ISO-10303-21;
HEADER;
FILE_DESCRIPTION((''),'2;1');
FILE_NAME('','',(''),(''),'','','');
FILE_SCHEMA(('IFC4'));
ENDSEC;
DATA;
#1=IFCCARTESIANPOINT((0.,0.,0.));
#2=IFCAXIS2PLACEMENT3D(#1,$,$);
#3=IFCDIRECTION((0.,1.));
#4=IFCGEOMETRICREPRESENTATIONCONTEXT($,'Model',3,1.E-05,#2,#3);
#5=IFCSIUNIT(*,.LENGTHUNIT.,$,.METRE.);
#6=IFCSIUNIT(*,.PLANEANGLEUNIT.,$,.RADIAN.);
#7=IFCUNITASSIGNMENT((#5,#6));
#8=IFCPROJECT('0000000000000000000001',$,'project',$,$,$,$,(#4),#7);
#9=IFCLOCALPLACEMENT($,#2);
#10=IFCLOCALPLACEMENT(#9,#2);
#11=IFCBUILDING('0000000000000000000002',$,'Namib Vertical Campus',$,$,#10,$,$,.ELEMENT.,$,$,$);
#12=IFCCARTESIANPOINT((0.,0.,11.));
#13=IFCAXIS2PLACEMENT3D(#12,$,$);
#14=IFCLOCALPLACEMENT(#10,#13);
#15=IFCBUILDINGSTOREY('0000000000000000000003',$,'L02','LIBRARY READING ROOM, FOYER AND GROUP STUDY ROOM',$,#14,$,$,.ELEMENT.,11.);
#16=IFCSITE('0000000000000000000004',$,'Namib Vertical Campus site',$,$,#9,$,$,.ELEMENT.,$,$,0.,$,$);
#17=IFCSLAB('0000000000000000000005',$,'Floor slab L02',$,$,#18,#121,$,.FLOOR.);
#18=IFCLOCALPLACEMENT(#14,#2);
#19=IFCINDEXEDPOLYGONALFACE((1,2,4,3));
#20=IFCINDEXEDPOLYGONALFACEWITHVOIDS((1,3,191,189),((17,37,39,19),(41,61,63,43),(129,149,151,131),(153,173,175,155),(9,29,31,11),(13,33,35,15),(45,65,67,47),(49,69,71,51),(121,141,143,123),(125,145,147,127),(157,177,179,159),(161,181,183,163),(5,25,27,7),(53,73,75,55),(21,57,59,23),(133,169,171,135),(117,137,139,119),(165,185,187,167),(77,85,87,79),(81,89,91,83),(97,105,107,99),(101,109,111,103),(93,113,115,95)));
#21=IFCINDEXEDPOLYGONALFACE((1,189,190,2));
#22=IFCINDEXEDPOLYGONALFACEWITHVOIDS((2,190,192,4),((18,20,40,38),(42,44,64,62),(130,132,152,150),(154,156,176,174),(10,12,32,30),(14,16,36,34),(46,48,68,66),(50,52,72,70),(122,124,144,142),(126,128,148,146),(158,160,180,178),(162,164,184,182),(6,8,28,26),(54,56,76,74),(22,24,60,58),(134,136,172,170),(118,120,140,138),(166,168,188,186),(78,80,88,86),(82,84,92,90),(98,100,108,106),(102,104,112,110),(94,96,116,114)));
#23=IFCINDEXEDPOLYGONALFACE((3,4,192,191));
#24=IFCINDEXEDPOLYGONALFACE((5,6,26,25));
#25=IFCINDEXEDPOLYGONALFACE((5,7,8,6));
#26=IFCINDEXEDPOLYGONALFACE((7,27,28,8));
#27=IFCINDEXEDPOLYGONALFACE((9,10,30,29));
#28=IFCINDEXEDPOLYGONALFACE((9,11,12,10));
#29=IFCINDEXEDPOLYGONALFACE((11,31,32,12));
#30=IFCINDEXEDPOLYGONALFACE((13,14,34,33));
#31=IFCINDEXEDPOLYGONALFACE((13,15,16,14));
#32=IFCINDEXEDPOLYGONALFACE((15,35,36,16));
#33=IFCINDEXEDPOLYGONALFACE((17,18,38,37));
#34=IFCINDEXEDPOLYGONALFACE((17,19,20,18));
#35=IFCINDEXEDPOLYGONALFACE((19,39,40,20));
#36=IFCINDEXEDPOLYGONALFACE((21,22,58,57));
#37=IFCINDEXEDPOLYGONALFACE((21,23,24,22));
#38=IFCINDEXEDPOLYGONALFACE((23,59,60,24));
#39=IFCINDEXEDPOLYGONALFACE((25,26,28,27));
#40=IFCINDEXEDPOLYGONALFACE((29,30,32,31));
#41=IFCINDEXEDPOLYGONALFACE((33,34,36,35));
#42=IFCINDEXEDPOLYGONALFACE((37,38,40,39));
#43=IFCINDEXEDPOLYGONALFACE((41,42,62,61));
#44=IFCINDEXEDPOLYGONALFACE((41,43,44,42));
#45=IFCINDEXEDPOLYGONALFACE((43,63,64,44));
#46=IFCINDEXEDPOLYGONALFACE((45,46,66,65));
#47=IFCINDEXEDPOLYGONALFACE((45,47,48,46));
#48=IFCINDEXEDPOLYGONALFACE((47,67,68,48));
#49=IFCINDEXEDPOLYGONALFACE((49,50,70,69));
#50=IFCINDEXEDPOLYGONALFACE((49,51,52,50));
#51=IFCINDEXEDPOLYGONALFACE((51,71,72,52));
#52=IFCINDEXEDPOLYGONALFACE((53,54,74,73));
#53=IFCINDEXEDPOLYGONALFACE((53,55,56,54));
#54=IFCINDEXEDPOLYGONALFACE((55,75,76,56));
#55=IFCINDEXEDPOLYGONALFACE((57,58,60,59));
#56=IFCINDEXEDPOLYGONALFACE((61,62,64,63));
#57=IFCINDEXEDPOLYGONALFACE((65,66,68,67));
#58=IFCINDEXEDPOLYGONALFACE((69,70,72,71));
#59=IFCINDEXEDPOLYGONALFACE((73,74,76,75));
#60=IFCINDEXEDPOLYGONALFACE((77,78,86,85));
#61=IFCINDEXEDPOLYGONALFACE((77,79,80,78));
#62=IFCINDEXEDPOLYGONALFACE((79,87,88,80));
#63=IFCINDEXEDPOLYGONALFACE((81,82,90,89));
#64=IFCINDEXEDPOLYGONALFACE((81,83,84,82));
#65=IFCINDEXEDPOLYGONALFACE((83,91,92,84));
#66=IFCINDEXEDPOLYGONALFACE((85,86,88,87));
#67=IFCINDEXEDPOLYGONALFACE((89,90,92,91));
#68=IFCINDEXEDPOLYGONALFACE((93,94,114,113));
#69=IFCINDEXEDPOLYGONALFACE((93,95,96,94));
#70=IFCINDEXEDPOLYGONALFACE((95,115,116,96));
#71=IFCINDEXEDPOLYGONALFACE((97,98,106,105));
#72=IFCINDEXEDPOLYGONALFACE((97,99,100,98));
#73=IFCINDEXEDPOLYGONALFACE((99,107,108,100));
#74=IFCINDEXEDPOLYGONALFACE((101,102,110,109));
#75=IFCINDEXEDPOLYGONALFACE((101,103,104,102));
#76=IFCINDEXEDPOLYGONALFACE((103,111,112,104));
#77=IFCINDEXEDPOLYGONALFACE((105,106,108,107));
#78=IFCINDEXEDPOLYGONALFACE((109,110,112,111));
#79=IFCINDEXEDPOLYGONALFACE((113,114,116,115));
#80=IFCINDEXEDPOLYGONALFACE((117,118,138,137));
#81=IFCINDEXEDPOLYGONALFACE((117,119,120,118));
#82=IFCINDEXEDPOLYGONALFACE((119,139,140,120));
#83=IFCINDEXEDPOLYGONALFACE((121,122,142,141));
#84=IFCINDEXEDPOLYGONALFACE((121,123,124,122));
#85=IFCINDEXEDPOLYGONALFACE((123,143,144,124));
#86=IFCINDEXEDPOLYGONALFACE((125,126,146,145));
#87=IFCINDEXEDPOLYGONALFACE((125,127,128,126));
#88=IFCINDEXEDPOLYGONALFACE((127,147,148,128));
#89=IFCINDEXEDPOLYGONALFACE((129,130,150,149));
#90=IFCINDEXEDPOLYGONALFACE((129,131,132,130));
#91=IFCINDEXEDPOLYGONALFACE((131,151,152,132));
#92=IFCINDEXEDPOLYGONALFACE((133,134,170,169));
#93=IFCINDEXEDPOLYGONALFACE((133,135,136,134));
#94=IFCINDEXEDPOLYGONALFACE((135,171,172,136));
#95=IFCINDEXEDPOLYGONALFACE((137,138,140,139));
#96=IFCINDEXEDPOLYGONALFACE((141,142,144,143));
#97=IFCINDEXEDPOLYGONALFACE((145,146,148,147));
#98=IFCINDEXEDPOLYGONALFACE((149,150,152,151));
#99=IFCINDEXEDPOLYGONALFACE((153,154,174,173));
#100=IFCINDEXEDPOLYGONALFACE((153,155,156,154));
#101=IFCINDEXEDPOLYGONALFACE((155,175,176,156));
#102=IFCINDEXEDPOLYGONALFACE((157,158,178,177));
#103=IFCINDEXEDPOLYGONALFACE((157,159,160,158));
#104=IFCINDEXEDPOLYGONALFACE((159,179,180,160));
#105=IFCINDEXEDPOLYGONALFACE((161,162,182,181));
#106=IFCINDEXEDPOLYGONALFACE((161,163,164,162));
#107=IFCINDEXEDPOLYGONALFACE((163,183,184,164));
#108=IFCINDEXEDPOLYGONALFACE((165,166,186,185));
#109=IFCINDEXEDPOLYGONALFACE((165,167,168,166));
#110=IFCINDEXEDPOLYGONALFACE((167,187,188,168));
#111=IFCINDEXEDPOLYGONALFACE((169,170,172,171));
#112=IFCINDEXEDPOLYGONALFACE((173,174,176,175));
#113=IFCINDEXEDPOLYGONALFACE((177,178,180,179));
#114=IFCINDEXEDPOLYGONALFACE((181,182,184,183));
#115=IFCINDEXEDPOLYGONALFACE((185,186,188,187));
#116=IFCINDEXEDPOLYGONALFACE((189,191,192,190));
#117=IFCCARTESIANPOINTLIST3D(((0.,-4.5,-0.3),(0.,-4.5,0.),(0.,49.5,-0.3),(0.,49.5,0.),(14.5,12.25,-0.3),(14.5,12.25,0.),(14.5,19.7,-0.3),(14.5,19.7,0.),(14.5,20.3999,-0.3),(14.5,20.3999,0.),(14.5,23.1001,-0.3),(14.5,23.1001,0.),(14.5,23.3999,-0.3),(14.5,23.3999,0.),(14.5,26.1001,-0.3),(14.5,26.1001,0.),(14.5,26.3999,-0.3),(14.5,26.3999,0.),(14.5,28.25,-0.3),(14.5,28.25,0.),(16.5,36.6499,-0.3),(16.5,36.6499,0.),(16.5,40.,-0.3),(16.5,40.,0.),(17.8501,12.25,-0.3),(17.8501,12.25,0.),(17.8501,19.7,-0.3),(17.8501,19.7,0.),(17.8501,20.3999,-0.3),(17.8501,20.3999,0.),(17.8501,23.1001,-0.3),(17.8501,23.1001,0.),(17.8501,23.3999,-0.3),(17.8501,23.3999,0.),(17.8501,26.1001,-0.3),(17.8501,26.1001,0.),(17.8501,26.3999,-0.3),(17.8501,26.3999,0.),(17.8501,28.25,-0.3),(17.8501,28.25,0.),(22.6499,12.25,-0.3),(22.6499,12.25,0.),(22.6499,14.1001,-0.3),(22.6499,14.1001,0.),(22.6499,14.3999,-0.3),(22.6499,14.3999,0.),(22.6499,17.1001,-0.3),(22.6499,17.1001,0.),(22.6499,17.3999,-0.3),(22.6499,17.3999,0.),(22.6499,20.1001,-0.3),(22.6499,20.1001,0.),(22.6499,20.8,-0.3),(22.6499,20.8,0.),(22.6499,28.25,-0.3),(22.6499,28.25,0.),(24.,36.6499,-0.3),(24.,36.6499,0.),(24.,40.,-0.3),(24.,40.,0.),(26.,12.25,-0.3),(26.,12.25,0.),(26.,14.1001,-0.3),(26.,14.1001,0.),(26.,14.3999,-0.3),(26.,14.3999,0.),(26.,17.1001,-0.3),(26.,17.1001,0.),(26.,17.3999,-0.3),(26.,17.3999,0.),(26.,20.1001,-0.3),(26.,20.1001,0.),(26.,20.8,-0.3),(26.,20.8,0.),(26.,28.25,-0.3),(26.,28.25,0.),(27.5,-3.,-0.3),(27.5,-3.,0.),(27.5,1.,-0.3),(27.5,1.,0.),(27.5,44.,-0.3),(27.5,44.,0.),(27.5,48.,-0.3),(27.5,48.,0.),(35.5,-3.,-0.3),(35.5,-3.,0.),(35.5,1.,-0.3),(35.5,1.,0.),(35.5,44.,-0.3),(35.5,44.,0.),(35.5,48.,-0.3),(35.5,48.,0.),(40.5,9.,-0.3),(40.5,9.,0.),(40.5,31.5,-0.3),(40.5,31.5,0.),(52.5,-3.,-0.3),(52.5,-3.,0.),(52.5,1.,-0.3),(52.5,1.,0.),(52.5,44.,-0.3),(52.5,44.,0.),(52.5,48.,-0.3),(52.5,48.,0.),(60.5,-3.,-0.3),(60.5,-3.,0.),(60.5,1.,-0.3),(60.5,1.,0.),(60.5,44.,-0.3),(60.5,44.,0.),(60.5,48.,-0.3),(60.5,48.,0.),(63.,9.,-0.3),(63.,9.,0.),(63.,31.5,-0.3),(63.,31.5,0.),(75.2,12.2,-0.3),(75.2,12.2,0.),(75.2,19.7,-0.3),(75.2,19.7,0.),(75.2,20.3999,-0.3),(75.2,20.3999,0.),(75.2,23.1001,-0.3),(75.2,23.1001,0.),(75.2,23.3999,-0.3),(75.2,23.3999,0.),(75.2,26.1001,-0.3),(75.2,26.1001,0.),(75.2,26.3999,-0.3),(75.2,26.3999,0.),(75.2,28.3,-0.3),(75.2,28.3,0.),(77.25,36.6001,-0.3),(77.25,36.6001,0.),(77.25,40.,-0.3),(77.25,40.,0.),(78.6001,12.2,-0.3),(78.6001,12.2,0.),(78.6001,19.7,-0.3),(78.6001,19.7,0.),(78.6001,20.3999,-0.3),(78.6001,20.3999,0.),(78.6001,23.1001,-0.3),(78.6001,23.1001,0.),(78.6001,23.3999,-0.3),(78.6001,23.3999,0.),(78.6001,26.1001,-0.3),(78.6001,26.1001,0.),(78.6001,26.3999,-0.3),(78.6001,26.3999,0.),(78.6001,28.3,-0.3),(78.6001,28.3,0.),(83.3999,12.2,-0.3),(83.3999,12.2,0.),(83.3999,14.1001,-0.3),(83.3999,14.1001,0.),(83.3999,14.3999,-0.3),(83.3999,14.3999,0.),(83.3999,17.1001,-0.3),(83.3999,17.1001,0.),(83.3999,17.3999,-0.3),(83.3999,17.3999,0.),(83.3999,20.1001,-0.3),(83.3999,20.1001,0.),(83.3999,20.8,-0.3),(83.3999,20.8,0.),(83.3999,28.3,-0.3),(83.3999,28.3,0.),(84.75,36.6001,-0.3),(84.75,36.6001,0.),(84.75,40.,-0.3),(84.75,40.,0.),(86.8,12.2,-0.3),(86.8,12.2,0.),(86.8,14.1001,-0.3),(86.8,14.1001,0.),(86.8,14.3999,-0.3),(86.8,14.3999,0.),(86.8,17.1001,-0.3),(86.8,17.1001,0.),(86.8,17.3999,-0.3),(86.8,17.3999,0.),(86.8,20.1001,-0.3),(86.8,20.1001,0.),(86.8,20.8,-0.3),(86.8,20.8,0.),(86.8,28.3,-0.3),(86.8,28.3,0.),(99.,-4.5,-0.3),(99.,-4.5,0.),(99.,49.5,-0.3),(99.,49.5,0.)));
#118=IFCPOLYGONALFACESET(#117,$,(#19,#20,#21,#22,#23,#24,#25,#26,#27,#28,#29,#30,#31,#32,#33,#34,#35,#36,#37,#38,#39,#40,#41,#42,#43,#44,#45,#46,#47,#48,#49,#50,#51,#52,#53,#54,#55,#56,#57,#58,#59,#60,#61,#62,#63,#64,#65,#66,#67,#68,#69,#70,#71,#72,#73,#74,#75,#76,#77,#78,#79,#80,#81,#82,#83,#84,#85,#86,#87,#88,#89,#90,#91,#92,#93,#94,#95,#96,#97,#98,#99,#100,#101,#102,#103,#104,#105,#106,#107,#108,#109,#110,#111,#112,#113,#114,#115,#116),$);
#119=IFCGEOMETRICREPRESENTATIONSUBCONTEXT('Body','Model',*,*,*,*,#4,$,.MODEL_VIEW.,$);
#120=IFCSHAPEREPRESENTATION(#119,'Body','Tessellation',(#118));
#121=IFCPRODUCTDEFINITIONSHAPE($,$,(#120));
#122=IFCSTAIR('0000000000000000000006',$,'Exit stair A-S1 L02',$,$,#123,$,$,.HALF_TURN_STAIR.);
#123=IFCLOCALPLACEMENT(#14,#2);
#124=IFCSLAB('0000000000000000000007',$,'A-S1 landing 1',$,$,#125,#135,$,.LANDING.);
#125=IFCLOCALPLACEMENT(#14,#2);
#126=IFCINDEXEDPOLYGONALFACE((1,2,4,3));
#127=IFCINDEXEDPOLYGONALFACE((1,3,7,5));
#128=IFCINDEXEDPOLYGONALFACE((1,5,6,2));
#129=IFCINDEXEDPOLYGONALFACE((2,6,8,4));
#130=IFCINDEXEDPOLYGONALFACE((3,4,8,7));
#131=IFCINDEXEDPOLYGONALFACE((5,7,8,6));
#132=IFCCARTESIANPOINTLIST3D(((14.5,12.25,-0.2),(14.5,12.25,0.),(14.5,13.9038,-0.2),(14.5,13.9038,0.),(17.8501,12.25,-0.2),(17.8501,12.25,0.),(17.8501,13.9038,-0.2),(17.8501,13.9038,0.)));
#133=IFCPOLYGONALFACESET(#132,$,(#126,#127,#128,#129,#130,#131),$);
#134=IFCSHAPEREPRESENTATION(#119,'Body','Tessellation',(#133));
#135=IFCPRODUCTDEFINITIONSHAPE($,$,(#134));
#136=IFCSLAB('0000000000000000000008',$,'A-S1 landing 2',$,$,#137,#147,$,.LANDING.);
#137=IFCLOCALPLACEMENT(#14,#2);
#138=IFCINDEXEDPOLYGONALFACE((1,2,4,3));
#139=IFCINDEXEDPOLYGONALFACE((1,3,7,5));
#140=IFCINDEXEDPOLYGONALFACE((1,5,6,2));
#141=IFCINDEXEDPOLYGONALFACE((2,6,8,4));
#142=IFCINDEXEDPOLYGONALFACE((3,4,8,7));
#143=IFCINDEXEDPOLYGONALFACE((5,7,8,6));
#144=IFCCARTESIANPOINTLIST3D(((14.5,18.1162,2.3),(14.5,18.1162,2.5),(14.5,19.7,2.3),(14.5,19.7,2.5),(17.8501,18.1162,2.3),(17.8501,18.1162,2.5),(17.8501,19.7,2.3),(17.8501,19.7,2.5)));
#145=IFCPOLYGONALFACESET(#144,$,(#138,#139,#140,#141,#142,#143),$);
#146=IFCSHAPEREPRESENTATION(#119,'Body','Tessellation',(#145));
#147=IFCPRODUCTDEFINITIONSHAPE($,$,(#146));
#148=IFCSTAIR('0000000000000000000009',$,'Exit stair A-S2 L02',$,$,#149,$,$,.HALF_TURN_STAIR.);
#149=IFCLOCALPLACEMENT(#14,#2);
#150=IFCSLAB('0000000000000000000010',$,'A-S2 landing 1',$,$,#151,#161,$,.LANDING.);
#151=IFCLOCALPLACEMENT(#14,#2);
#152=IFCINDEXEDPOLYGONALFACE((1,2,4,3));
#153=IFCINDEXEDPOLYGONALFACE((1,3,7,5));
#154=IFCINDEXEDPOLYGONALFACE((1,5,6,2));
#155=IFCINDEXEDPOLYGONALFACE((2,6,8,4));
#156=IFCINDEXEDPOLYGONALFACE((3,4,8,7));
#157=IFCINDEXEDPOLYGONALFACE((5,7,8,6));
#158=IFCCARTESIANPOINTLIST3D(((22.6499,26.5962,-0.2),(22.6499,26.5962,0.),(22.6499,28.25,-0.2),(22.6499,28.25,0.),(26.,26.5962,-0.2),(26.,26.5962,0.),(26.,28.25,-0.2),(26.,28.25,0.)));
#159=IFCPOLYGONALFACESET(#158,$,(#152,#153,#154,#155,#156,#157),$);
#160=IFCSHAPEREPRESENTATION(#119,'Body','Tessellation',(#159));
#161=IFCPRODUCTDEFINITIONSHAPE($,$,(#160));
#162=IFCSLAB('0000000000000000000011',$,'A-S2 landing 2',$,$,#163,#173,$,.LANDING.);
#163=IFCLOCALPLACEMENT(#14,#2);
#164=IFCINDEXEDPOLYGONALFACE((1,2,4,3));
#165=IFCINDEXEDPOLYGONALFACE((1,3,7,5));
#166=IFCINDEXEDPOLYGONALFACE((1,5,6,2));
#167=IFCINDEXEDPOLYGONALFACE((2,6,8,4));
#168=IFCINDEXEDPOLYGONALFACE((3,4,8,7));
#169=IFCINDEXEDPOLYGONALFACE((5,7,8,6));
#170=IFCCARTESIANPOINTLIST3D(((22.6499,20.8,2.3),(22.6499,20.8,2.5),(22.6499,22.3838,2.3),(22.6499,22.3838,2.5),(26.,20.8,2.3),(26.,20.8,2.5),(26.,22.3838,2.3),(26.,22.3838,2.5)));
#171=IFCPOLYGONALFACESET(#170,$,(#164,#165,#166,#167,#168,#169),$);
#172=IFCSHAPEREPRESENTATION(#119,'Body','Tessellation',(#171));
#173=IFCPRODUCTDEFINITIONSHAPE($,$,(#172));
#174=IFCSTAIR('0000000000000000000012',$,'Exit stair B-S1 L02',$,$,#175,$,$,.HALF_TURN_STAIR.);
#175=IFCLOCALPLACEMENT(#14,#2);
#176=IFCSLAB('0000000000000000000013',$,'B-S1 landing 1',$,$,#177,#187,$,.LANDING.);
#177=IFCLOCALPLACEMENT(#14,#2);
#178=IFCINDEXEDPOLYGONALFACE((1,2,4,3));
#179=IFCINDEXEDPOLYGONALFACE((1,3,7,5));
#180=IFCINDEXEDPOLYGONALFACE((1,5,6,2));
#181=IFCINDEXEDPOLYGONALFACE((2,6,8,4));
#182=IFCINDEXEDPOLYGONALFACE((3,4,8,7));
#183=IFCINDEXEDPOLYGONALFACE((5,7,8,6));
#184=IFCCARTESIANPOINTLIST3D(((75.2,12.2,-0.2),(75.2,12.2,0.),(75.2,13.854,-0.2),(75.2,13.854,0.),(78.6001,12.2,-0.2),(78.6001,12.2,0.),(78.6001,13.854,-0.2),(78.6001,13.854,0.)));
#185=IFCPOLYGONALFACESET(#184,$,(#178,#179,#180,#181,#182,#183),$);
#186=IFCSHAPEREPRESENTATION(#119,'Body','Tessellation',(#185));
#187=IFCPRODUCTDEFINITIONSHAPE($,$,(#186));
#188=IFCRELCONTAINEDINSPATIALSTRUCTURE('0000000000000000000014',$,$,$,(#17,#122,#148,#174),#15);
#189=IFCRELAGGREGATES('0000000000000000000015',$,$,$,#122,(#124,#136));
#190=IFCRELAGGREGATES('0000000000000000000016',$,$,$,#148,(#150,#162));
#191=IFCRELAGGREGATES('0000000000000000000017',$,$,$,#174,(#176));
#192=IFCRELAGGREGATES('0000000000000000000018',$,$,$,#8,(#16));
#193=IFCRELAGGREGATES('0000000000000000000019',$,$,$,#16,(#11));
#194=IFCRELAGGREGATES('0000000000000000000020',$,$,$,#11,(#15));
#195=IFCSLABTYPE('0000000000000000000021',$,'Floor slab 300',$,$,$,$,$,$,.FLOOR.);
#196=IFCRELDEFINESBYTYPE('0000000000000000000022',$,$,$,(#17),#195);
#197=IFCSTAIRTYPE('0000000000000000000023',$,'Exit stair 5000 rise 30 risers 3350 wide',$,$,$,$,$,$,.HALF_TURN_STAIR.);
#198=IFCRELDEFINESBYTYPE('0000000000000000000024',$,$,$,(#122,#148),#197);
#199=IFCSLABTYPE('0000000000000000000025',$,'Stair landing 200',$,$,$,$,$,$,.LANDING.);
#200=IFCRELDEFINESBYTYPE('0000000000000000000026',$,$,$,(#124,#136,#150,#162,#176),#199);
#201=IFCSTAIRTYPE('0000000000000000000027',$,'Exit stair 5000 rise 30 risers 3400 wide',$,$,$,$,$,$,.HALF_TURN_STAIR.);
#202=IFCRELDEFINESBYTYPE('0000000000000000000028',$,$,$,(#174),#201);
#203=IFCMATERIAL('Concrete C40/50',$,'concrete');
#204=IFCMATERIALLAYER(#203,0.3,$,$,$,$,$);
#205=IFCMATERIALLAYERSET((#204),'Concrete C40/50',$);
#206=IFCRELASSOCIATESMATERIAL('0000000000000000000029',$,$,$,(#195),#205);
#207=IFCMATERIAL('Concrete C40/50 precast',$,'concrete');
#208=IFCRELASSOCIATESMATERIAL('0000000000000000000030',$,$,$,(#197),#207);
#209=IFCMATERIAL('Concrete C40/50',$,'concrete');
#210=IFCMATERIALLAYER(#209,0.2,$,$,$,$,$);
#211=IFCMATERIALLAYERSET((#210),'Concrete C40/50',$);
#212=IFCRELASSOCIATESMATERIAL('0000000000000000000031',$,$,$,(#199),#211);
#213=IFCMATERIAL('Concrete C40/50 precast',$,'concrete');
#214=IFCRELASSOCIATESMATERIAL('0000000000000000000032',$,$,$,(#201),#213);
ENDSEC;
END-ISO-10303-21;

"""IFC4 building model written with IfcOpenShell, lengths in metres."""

from ifc_helpers import new_model, si_unit, direction, frame, origin, place, context, subcontext, project, spatial, polyline, outline, extrude, material, layer, layer_set, type_object, element, aggregate, save


model = new_model("IFC4")

# Units and contexts
model_context = context("Model", 3, precision=1e-05, world=origin(), true_north=direction((0.0, 1.0)))
body_context = subcontext(model_context, "Body", "Model", "MODEL_VIEW")
ifc_project = project(units=[si_unit("LENGTHUNIT", "METRE"), si_unit("PLANEANGLEUNIT", "RADIAN")], contexts=[model_context])

# Site, building, storey
site_placement = place(None, origin())
site = spatial("IfcSite", under=ifc_project, at=site_placement, Name="Namib Vertical Campus site", CompositionType="ELEMENT", RefElevation=0.0)
building_placement = place(site_placement, origin())
building = spatial("IfcBuilding", under=site, at=building_placement, Name="Namib Vertical Campus", CompositionType="ELEMENT")
storey_placement = place(building_placement, frame((0.0, 0.0, 11.0)))
storey = spatial("IfcBuildingStorey", under=building, at=storey_placement, Name="L02", Description="LIBRARY READING ROOM, FOYER AND GROUP STUDY ROOM", CompositionType="ELEMENT", Elevation=11.0)

# Slab
ifc_material_1 = material(Name="Concrete C40/50", Category="concrete")
ifc_layer_1 = layer(ifc_material_1, 0.3)
ifc_layer_set_1 = layer_set([ifc_layer_1], Name="Concrete C40/50")
slab_type_1 = type_object("IfcSlabType", Name="Floor slab 300", PredefinedType="FLOOR", material=ifc_layer_set_1)
slab_1_placement = place(storey_placement, frame((0.0, 0.0, -0.3)))
element("IfcSlab", 1, at=slab_1_placement, inside=storey, type_object=slab_type_1, Name="Floor slab L02", PredefinedType="FLOOR", context=body_context, shape_type="SweptSolid", body=[
    extrude(outline(polyline([(0.0, -4.5), (99.0, -4.5), (99.0, 49.5), (0.0, 49.5), (0.0, -4.5)]), holes=[polyline([(86.8, 20.8), (83.3999, 20.8), (83.3999, 28.3), (86.8, 28.3), (86.8, 20.8)]), polyline([(86.8, 17.3999), (83.3999, 17.3999), (83.3999, 20.1001), (86.8, 20.1001), (86.8, 17.3999)]), polyline([(86.8, 17.1001), (86.8, 14.3999), (83.3999, 14.3999), (83.3999, 17.1001), (86.8, 17.1001)]), polyline([(86.8, 12.2), (83.3999, 12.2), (83.3999, 14.1001), (86.8, 14.1001), (86.8, 12.2)]), polyline([(84.75, 36.6001), (77.25, 36.6001), (77.25, 40.0), (84.75, 40.0), (84.75, 36.6001)]), polyline([(78.6001, 28.3), (78.6001, 26.3999), (75.2, 26.3999), (75.2, 28.3), (78.6001, 28.3)]), polyline([(78.6001, 23.3999), (75.2, 23.3999), (75.2, 26.1001), (78.6001, 26.1001), (78.6001, 23.3999)]), polyline([(78.6001, 23.1001), (78.6001, 20.3999), (75.2, 20.3999), (75.2, 23.1001), (78.6001, 23.1001)]), polyline([(78.6001, 12.2), (75.2, 12.2), (75.2, 19.7), (78.6001, 19.7), (78.6001, 12.2)]), polyline([(63.0, 31.5), (63.0, 9.0), (40.5, 9.0), (40.5, 31.5), (63.0, 31.5)]), polyline([(60.5, -3.0), (52.5, -3.0), (52.5, 1.0), (60.5, 1.0), (60.5, -3.0)]), polyline([(60.5, 44.0), (52.5, 44.0), (52.5, 48.0), (60.5, 48.0), (60.5, 44.0)]), polyline([(35.5, 48.0), (35.5, 44.0), (27.5, 44.0), (27.5, 48.0), (35.5, 48.0)]), polyline([(35.5, 1.0), (35.5, -3.0), (27.5, -3.0), (27.5, 1.0), (35.5, 1.0)]), polyline([(26.0, 20.8), (22.6499, 20.8), (22.6499, 28.25), (26.0, 28.25), (26.0, 20.8)]), polyline([(26.0, 17.3999), (22.6499, 17.3999), (22.6499, 20.1001), (26.0, 20.1001), (26.0, 17.3999)]), polyline([(26.0, 17.1001), (26.0, 14.3999), (22.6499, 14.3999), (22.6499, 17.1001), (26.0, 17.1001)]), polyline([(26.0, 14.1001), (26.0, 12.25), (22.6499, 12.25), (22.6499, 14.1001), (26.0, 14.1001)]), polyline([(24.0, 36.6499), (16.5, 36.6499), (16.5, 40.0), (24.0, 40.0), (24.0, 36.6499)]), polyline([(17.8501, 26.3999), (14.5, 26.3999), (14.5, 28.25), (17.8501, 28.25), (17.8501, 26.3999)]), polyline([(17.8501, 26.1001), (17.8501, 23.3999), (14.5, 23.3999), (14.5, 26.1001), (17.8501, 26.1001)]), polyline([(17.8501, 20.3999), (14.5, 20.3999), (14.5, 23.1001), (17.8501, 23.1001), (17.8501, 20.3999)]), polyline([(17.8501, 12.25), (14.5, 12.25), (14.5, 19.7), (17.8501, 19.7), (17.8501, 12.25)])]), origin(), (0.0, 0.0, 1.0), 0.3),
])

# Stairs, slabs
ifc_material_2 = material(Name="Concrete C40/50 precast", Category="concrete")
stair_type_1 = type_object("IfcStairType", Name="Exit stair 5000 rise 30 risers 3350 wide", PredefinedType="HALF_TURN_STAIR", material=ifc_material_2)
stair_1_placement = place(storey_placement, origin())
stair_1 = element("IfcStair", 2, at=stair_1_placement, inside=storey, type_object=stair_type_1, Name="Exit stair A-S1 L02", PredefinedType="HALF_TURN_STAIR")
ifc_material_3 = material(Name="Concrete C40/50", Category="concrete")
ifc_layer_2 = layer(ifc_material_3, 0.2)
ifc_layer_set_2 = layer_set([ifc_layer_2], Name="Concrete C40/50")
slab_type_2 = type_object("IfcSlabType", Name="Stair landing 200", PredefinedType="LANDING", material=ifc_layer_set_2)
slab_2_placement = place(storey_placement, frame((0.0, 0.0, -0.2)))
slab_2 = element("IfcSlab", 3, at=slab_2_placement, type_object=slab_type_2, Name="A-S1 landing 1", PredefinedType="LANDING", context=body_context, shape_type="SweptSolid", body=[
    extrude(outline(polyline([(14.5, 12.25), (17.8501, 12.25), (17.8501, 13.9038), (14.5, 13.9038), (14.5, 12.25)])), origin(), (0.0, 0.0, 1.0), 0.2),
])
slab_3_placement = place(storey_placement, frame((0.0, 0.0, 2.3)))
slab_3 = element("IfcSlab", 4, at=slab_3_placement, type_object=slab_type_2, Name="A-S1 landing 2", PredefinedType="LANDING", context=body_context, shape_type="SweptSolid", body=[
    extrude(outline(polyline([(14.5, 18.1162), (17.8501, 18.1162), (17.8501, 19.7), (14.5, 19.7), (14.5, 18.1162)])), origin(), (0.0, 0.0, 1.0), 0.2),
])
aggregate(stair_1, [slab_2, slab_3])
stair_2_placement = place(storey_placement, origin())
stair_2 = element("IfcStair", 5, at=stair_2_placement, inside=storey, type_object=stair_type_1, Name="Exit stair A-S2 L02", PredefinedType="HALF_TURN_STAIR")
slab_4_placement = place(storey_placement, frame((0.0, 0.0, -0.2)))
slab_4 = element("IfcSlab", 6, at=slab_4_placement, type_object=slab_type_2, Name="A-S2 landing 1", PredefinedType="LANDING", context=body_context, shape_type="SweptSolid", body=[
    extrude(outline(polyline([(22.6499, 26.5962), (26.0, 26.5962), (26.0, 28.25), (22.6499, 28.25), (22.6499, 26.5962)])), origin(), (0.0, 0.0, 1.0), 0.2),
])
slab_5_placement = place(storey_placement, frame((0.0, 0.0, 2.3)))
slab_5 = element("IfcSlab", 7, at=slab_5_placement, type_object=slab_type_2, Name="A-S2 landing 2", PredefinedType="LANDING", context=body_context, shape_type="SweptSolid", body=[
    extrude(outline(polyline([(22.6499, 20.8), (26.0, 20.8), (26.0, 22.3838), (22.6499, 22.3838), (22.6499, 20.8)])), origin(), (0.0, 0.0, 1.0), 0.2),
])
aggregate(stair_2, [slab_4, slab_5])
ifc_material_4 = material(Name="Concrete C40/50 precast", Category="concrete")
stair_type_2 = type_object("IfcStairType", Name="Exit stair 5000 rise 30 risers 3400 wide", PredefinedType="HALF_TURN_STAIR", material=ifc_material_4)
stair_3_placement = place(storey_placement, origin())
stair_3 = element("IfcStair", 8, at=stair_3_placement, inside=storey, type_object=stair_type_2, Name="Exit stair B-S1 L02", PredefinedType="HALF_TURN_STAIR")
slab_6_placement = place(storey_placement, frame((0.0, 0.0, -0.2)))
slab_6 = element("IfcSlab", 9, at=slab_6_placement, type_object=slab_type_2, Name="B-S1 landing 1", PredefinedType="LANDING", context=body_context, shape_type="SweptSolid", body=[
    extrude(outline(polyline([(75.2, 12.2), (78.6001, 12.2), (78.6001, 13.854), (75.2, 13.854), (75.2, 12.2)])), origin(), (0.0, 0.0, 1.0), 0.2),
])
aggregate(stair_3, [slab_6])

save(model, "model.ifc")
